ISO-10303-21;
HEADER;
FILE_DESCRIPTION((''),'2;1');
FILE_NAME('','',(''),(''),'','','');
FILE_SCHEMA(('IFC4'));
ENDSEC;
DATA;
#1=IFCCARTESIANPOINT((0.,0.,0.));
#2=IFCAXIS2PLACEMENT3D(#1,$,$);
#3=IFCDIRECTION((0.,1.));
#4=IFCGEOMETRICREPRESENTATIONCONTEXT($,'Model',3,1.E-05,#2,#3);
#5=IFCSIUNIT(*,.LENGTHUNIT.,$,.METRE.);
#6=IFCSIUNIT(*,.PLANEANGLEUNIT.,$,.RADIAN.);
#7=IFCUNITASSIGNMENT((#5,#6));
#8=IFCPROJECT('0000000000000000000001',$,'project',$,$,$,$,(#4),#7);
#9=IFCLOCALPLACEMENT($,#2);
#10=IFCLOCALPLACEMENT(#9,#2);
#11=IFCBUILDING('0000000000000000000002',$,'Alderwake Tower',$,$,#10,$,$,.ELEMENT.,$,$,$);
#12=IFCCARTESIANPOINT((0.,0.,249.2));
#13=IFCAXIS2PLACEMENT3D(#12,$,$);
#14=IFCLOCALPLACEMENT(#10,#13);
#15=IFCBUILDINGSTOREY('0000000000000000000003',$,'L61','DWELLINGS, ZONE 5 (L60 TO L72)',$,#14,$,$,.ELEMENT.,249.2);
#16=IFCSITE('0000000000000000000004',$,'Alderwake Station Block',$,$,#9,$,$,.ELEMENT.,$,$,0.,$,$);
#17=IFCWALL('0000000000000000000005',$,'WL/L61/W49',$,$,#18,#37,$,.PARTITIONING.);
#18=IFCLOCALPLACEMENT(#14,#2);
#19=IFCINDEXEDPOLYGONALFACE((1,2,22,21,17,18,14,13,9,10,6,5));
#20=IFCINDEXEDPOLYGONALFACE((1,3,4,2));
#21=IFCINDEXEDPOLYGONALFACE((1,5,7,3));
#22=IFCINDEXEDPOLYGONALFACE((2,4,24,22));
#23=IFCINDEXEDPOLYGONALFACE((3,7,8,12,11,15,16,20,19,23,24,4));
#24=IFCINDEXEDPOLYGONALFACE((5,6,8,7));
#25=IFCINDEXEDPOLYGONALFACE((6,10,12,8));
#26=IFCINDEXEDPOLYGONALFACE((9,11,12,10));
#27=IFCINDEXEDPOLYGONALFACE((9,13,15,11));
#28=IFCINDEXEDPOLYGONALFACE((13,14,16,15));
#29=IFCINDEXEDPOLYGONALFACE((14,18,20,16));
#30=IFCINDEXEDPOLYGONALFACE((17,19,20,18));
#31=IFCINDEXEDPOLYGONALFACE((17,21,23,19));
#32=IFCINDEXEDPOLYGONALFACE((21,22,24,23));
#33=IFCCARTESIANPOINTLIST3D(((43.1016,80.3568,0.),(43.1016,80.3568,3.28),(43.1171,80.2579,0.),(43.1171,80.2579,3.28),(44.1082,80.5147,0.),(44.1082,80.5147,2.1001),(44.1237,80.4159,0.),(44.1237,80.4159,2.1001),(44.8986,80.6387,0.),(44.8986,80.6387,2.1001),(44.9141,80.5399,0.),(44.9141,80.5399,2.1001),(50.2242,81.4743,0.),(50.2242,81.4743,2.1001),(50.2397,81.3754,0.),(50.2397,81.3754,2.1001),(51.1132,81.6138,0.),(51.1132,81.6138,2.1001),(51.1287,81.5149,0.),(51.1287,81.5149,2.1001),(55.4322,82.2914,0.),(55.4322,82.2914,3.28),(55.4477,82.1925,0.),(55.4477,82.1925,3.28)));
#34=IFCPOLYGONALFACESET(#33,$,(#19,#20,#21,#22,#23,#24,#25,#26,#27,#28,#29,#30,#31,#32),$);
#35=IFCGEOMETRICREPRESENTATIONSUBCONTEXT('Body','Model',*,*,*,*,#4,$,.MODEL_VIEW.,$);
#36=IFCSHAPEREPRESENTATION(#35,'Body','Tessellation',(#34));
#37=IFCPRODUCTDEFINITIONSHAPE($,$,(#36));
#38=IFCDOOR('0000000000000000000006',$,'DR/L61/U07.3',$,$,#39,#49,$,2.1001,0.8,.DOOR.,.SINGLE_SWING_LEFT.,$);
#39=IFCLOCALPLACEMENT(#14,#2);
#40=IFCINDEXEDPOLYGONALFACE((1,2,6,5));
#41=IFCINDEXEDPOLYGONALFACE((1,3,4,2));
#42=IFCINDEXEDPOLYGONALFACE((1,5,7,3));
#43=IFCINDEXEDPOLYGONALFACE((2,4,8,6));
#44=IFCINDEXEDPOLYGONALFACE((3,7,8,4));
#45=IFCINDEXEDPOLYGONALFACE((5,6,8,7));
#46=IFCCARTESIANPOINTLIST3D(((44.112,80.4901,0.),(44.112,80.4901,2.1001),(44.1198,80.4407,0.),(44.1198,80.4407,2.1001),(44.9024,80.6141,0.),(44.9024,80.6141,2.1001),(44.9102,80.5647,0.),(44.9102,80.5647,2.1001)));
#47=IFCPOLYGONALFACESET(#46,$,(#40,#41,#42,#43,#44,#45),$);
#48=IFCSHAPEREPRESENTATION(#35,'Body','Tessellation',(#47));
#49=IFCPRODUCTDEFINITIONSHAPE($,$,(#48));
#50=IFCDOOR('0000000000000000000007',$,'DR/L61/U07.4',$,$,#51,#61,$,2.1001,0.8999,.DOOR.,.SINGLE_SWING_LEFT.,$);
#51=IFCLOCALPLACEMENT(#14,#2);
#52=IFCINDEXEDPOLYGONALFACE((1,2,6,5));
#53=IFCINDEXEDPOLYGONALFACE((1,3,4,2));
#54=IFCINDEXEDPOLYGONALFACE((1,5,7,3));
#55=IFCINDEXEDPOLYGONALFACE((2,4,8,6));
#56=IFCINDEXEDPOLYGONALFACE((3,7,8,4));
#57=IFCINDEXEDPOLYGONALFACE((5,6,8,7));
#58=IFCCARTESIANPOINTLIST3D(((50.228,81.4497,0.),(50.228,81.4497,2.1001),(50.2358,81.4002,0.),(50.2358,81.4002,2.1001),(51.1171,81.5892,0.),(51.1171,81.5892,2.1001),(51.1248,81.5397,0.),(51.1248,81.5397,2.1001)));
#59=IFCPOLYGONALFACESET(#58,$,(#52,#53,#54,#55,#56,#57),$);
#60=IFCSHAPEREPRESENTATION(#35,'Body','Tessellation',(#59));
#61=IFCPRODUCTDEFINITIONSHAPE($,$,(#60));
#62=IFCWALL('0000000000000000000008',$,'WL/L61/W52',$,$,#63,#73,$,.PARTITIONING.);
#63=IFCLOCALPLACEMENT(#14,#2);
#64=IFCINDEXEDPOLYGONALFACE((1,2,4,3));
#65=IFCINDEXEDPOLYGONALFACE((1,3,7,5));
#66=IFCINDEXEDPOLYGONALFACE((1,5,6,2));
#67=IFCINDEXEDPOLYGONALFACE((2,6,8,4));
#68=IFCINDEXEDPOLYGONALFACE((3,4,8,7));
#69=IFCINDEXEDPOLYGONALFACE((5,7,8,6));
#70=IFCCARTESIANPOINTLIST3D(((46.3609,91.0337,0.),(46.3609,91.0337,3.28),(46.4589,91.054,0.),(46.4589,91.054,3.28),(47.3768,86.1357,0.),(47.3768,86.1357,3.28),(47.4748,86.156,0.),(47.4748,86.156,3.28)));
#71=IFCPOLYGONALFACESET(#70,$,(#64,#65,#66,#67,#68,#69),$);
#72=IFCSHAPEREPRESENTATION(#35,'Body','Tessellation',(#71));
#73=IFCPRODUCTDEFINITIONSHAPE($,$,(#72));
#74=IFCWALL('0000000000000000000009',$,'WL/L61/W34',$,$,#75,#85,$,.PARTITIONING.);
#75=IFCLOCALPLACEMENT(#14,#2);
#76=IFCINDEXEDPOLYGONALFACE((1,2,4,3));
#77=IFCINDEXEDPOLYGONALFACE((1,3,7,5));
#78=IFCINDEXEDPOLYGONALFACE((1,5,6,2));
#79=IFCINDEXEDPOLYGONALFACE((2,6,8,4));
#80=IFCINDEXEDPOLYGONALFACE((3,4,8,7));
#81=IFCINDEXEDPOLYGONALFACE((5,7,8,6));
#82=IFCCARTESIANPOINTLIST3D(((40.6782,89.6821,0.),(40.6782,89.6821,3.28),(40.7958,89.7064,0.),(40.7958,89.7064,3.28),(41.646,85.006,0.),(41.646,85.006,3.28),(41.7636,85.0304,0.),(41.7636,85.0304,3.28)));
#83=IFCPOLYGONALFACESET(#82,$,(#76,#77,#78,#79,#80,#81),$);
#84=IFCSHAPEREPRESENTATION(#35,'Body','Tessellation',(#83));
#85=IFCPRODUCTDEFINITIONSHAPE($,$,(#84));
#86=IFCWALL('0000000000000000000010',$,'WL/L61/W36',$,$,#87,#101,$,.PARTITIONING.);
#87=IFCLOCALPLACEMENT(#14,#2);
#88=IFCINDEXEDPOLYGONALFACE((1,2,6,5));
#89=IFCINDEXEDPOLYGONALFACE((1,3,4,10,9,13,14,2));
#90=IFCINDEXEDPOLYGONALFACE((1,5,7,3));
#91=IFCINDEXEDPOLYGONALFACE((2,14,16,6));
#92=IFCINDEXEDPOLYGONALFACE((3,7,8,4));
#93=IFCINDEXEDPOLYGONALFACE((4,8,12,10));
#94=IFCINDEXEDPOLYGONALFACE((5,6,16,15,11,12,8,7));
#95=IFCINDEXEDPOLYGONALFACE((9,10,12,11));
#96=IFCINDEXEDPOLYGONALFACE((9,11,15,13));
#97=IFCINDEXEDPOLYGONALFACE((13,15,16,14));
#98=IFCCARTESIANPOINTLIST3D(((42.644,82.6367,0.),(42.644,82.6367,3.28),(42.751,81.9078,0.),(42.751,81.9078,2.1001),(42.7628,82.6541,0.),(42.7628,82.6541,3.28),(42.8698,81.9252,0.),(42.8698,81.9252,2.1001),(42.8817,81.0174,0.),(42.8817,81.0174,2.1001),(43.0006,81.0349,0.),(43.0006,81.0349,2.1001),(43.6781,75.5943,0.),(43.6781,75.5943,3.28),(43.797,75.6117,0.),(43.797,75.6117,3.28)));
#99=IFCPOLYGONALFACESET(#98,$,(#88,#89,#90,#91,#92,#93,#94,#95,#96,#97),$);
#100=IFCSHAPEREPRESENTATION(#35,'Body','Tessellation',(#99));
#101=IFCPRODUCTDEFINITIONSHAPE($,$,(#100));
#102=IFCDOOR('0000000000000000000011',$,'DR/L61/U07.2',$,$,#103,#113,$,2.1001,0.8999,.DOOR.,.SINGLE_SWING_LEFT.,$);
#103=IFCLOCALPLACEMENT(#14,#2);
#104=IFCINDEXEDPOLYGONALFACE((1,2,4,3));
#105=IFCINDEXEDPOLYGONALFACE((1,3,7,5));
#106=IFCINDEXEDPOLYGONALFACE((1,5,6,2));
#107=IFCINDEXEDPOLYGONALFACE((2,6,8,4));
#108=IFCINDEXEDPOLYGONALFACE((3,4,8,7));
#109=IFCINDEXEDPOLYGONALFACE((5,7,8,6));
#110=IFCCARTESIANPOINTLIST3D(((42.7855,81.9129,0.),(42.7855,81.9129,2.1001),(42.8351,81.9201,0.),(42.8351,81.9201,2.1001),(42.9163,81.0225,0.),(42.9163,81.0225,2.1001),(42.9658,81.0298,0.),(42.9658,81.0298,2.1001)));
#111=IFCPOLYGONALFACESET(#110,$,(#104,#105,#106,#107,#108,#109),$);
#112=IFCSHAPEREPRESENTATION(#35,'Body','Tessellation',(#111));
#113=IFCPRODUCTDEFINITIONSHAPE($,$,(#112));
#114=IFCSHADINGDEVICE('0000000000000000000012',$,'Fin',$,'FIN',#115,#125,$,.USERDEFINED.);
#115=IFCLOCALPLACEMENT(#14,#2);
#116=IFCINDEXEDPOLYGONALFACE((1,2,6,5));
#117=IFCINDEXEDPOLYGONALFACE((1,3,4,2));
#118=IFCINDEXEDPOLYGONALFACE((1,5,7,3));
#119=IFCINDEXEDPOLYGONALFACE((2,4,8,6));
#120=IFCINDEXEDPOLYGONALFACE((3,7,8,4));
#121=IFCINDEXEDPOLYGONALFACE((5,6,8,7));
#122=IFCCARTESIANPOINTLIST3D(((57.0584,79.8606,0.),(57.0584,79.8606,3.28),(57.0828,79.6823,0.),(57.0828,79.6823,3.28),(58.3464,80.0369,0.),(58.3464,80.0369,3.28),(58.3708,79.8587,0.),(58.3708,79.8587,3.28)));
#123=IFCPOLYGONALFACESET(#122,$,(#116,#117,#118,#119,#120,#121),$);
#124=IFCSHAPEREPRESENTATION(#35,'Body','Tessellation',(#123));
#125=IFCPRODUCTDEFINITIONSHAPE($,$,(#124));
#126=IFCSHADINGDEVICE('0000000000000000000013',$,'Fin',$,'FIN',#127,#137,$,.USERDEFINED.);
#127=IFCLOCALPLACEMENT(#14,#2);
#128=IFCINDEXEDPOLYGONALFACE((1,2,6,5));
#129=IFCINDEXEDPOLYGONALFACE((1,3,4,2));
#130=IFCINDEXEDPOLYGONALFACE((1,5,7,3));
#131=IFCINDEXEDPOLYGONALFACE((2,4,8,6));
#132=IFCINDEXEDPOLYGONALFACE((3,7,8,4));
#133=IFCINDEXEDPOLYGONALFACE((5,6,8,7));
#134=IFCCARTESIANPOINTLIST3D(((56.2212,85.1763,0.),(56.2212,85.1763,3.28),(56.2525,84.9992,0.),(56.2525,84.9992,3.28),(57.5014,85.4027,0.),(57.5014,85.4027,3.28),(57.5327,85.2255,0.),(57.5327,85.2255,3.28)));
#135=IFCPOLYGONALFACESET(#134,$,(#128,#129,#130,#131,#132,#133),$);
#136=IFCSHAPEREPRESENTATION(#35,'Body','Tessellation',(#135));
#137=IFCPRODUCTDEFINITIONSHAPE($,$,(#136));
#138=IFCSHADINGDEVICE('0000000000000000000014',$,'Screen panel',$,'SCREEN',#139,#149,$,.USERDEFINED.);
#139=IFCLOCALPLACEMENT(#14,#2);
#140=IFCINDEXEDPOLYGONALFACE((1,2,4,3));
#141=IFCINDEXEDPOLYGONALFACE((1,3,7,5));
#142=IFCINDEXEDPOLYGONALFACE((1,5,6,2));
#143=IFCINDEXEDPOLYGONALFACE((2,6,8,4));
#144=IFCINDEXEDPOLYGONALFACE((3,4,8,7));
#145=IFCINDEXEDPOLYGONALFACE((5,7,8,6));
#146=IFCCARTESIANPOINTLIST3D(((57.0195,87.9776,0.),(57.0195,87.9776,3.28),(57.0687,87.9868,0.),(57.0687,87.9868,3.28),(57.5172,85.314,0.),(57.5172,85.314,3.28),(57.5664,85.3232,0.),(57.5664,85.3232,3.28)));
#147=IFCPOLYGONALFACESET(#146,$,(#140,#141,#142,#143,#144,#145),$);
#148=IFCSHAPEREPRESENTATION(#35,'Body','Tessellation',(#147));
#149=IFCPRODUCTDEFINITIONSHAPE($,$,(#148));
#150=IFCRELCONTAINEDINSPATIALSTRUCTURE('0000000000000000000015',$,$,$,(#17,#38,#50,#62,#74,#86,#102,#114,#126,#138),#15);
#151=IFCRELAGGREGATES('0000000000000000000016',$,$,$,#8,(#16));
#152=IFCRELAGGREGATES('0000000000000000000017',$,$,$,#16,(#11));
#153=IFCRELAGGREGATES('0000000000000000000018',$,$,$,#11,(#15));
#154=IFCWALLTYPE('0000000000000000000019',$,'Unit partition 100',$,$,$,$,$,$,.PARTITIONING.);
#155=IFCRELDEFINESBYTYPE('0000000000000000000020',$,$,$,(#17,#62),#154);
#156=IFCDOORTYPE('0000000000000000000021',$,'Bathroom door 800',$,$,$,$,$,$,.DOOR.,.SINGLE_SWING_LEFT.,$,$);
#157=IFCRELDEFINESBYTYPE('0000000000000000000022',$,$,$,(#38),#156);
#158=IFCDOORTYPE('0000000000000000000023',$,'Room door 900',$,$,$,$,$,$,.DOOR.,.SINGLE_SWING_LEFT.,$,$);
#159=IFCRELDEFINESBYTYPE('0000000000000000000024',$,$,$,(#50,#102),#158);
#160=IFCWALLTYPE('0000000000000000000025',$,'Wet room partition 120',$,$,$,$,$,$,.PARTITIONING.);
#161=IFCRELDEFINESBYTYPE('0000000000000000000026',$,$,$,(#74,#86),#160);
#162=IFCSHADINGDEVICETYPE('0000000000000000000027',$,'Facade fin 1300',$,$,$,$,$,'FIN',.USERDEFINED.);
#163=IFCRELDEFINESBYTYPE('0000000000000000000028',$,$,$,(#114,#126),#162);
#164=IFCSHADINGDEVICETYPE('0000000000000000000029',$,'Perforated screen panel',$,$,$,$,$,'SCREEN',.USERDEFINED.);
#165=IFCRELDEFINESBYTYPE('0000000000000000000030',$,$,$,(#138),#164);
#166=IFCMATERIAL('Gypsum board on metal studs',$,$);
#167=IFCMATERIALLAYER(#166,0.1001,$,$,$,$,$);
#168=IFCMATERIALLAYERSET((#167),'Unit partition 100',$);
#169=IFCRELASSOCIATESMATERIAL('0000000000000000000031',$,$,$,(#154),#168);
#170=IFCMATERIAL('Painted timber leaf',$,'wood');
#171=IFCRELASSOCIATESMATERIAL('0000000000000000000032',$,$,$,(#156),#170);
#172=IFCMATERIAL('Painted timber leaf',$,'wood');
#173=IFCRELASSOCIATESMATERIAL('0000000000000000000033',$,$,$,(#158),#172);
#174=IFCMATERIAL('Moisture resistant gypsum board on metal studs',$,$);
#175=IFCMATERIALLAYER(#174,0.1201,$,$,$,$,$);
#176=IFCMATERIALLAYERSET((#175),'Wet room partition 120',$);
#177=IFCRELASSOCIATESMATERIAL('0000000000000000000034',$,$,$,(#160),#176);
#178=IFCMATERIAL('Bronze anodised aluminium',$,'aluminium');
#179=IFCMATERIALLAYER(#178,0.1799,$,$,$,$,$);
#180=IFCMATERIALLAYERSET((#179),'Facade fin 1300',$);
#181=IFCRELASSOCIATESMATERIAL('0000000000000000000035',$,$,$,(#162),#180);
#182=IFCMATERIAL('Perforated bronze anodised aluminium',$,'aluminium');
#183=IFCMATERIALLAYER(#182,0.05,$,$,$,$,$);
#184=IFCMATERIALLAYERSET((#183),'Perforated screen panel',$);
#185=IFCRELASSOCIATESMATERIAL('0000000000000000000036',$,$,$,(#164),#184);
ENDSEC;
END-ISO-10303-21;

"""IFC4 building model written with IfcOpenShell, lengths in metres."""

from ifc_helpers import new_model, si_unit, direction, frame, frame_2d, origin, origin_2d, place, context, subcontext, project, spatial, rectangle, extrude, material, layer, layer_set, type_object, element, fill, save


model = new_model("IFC4")

# Units and contexts
model_context = context("Model", 3, precision=1e-05, world=origin(), true_north=direction((0.0, 1.0)))
body_context = subcontext(model_context, "Body", "Model", "MODEL_VIEW")
ifc_project = project(units=[si_unit("LENGTHUNIT", "METRE"), si_unit("PLANEANGLEUNIT", "RADIAN")], contexts=[model_context])

# Site, building, storey
site_placement = place(None, origin())
site = spatial("IfcSite", under=ifc_project, at=site_placement, Name="Alderwake Station Block", CompositionType="ELEMENT", RefElevation=0.0)
building_placement = place(site_placement, origin())
building = spatial("IfcBuilding", under=site, at=building_placement, Name="Alderwake Tower", CompositionType="ELEMENT")
storey_placement = place(building_placement, frame((0.0, 0.0, 249.2)))
storey = spatial("IfcBuildingStorey", under=building, at=storey_placement, Name="L61", Description="DWELLINGS, ZONE 5 (L60 TO L72)", CompositionType="ELEMENT", Elevation=249.2)

# Shared definitions
ifc_material_1 = material(Name="Gypsum board on metal studs")
ifc_layer_1 = layer(ifc_material_1, 0.1001)
ifc_layer_set_1 = layer_set([ifc_layer_1], Name="Unit partition 100")
wall_type_1 = type_object("IfcWallType", Name="Unit partition 100", PredefinedType="PARTITIONING", material=ifc_layer_set_1)

# Wall, openings, doors
wall_1_placement = place(storey_placement, frame((55.4399, 82.2419, 0.0), z_axis=(0.0, 0.0, 1.0), x_axis=(-0.987915, -0.154996, 0.0)))
wall_1 = element("IfcWall", 1, at=wall_1_placement, inside=storey, type_object=wall_type_1, Name="WL/L61/W49", PredefinedType="PARTITIONING", context=body_context, shape_type="SweptSolid", body=[
    extrude(rectangle(XDim=12.4814, YDim=0.1001, at=frame_2d((6.2407, 0.0))), origin(), (0.0, 0.0, 1.0), 3.28),
])
opening_1_placement = place(wall_1_placement, frame((10.6626, 0.0, 0.0)))
opening_1 = element("IfcOpeningElement", 2, at=opening_1_placement, cuts=wall_1, PredefinedType="OPENING", context=body_context, shape_type="SweptSolid", body=[
    extrude(rectangle(XDim=0.8, YDim=2.1001, at=frame_2d((0.3999, 1.05))), frame((0.0, 0.0601, 0.0), z_axis=(0.0, -1.0, 0.0), x_axis=(1.0, 0.0, 0.0)), (0.0, 0.0, 1.0), 0.1201),
])
opening_2_placement = place(wall_1_placement, frame((4.3718, 0.0, 0.0)))
opening_2 = element("IfcOpeningElement", 3, at=opening_2_placement, cuts=wall_1, PredefinedType="OPENING", context=body_context, shape_type="SweptSolid", body=[
    extrude(rectangle(XDim=0.8999, YDim=2.1001, at=frame_2d((0.45, 1.05))), frame((0.0, 0.0601, 0.0), z_axis=(0.0, -1.0, 0.0), x_axis=(1.0, 0.0, 0.0)), (0.0, 0.0, 1.0), 0.1201),
])
ifc_material_2 = material(Name="Painted timber leaf", Category="wood")
door_type_1 = type_object("IfcDoorType", Name="Bathroom door 800", OperationType="SINGLE_SWING_LEFT", PredefinedType="DOOR", material=ifc_material_2)
door_1_placement = place(opening_1_placement, origin())
door_1 = element("IfcDoor", 4, at=door_1_placement, inside=storey, type_object=door_type_1, Name="DR/L61/U07.3", OperationType="SINGLE_SWING_LEFT", OverallHeight=2.1001, OverallWidth=0.8, PredefinedType="DOOR", context=body_context, shape_type="SweptSolid", body=[
    extrude(rectangle(XDim=0.8, YDim=2.1001, at=frame_2d((0.3999, 1.05))), frame((0.0, 0.0249, 0.0), z_axis=(0.0, -1.0, 0.0), x_axis=(1.0, 0.0, 0.0)), (0.0, 0.0, 1.0), 0.05),
])
fill(opening_1, door_1)
ifc_material_3 = material(Name="Painted timber leaf", Category="wood")
door_type_2 = type_object("IfcDoorType", Name="Room door 900", OperationType="SINGLE_SWING_LEFT", PredefinedType="DOOR", material=ifc_material_3)
door_2_placement = place(opening_2_placement, origin())
door_2 = element("IfcDoor", 5, at=door_2_placement, inside=storey, type_object=door_type_2, Name="DR/L61/U07.4", OperationType="SINGLE_SWING_LEFT", OverallHeight=2.1001, OverallWidth=0.8999, PredefinedType="DOOR", context=body_context, shape_type="SweptSolid", body=[
    extrude(rectangle(XDim=0.8999, YDim=2.1001, at=frame_2d((0.45, 1.05))), frame((0.0, 0.0249, 0.0), z_axis=(0.0, -1.0, 0.0), x_axis=(1.0, 0.0, 0.0)), (0.0, 0.0, 1.0), 0.05),
])
fill(opening_2, door_2)

# Walls
wall_2_placement = place(storey_placement, frame((47.4258, 86.146, 0.0), z_axis=(0.0, 0.0, 1.0), x_axis=(-0.203085, 0.979161, 0.0)))
element("IfcWall", 6, at=wall_2_placement, inside=storey, type_object=wall_type_1, Name="WL/L61/W52", PredefinedType="PARTITIONING", context=body_context, shape_type="SweptSolid", body=[
    extrude(rectangle(XDim=5.0022, YDim=0.1001, at=frame_2d((2.501, 0.0))), origin(), (0.0, 0.0, 1.0), 3.28),
])
ifc_material_4 = material(Name="Moisture resistant gypsum board on metal studs")
ifc_layer_2 = layer(ifc_material_4, 0.1201)
ifc_layer_set_2 = layer_set([ifc_layer_2], Name="Wet room partition 120")
wall_type_2 = type_object("IfcWallType", Name="Wet room partition 120", PredefinedType="PARTITIONING", material=ifc_layer_set_2)
wall_3_placement = place(storey_placement, frame((41.7048, 85.0181, 0.0), z_axis=(0.0, 0.0, 1.0), x_axis=(-0.20267, 0.979247, 0.0)))
element("IfcWall", 7, at=wall_3_placement, inside=storey, type_object=wall_type_2, Name="WL/L61/W34", PredefinedType="PARTITIONING", context=body_context, shape_type="SweptSolid", body=[
    extrude(rectangle(XDim=4.7751, YDim=0.1201, at=frame_2d((2.3877, 0.0))), origin(), (0.0, 0.0, 1.0), 3.28),
])

# Wall, opening, door
wall_4_placement = place(storey_placement, frame((42.7034, 82.6455, 0.0), z_axis=(0.0, 0.0, 1.0), x_axis=(0.145291, -0.989389, 0.0)))
wall_4 = element("IfcWall", 8, at=wall_4_placement, inside=storey, type_object=wall_type_2, Name="WL/L61/W36", PredefinedType="PARTITIONING", context=body_context, shape_type="SweptSolid", body=[
    extrude(rectangle(XDim=7.1179, YDim=0.1201, at=frame_2d((3.5591, 0.0))), origin(), (0.0, 0.0, 1.0), 3.28),
])
opening_3_placement = place(wall_4_placement, frame((0.7368, 0.0, 0.0)))
opening_3 = element("IfcOpeningElement", 9, at=opening_3_placement, cuts=wall_4, PredefinedType="OPENING", context=body_context, shape_type="SweptSolid", body=[
    extrude(rectangle(XDim=0.8999, YDim=2.1001, at=frame_2d((0.45, 1.05))), frame((0.0, 0.0701, 0.0), z_axis=(0.0, -1.0, 0.0), x_axis=(1.0, 0.0, 0.0)), (0.0, 0.0, 1.0), 0.1401),
])
door_3_placement = place(opening_3_placement, origin())
door_3 = element("IfcDoor", 10, at=door_3_placement, inside=storey, type_object=door_type_2, Name="DR/L61/U07.2", OperationType="SINGLE_SWING_LEFT", OverallHeight=2.1001, OverallWidth=0.8999, PredefinedType="DOOR", context=body_context, shape_type="SweptSolid", body=[
    extrude(rectangle(XDim=0.8999, YDim=2.1001, at=frame_2d((0.45, 1.05))), frame((0.0, 0.0249, 0.0), z_axis=(0.0, -1.0, 0.0), x_axis=(1.0, 0.0, 0.0)), (0.0, 0.0, 1.0), 0.05),
])
fill(opening_3, door_3)

# Shading devices
ifc_material_5 = material(Name="Bronze anodised aluminium", Category="aluminium")
ifc_layer_3 = layer(ifc_material_5, 0.1799)
ifc_layer_set_3 = layer_set([ifc_layer_3], Name="Facade fin 1300")
shading_device_type_1 = type_object("IfcShadingDeviceType", Name="Facade fin 1300", ElementType="FIN", PredefinedType="USERDEFINED", material=ifc_layer_set_3)
for number, where, z_axis, x_axis, name in (
    (11, (57.7146, 79.8596, 0.0), (0.0, 0.0, 1.0), (0.990753, 0.135681, 0.0), "Fin"),
    (12, (56.877, 85.2009, 0.0), (0.0, 0.0, 1.0), (0.984726, 0.174109, 0.0), "Fin"),
):
    element("IfcShadingDevice", number, at=place(storey_placement, frame(where, z_axis=z_axis, x_axis=x_axis)), inside=storey, type_object=shading_device_type_1, Name=name, ObjectType="FIN", PredefinedType="USERDEFINED", context=body_context, shape_type="SweptSolid", body=[
        extrude(rectangle(XDim=1.3, YDim=0.1799, at=origin_2d()), origin(), (0.0, 0.0, 1.0), 3.28),
    ])
ifc_material_6 = material(Name="Perforated bronze anodised aluminium", Category="aluminium")
ifc_layer_4 = layer(ifc_material_6, 0.05)
ifc_layer_set_4 = layer_set([ifc_layer_4], Name="Perforated screen panel")
shading_device_type_2 = type_object("IfcShadingDeviceType", Name="Perforated screen panel", ElementType="SCREEN", PredefinedType="USERDEFINED", material=ifc_layer_set_4)
shading_device_placement = place(storey_placement, frame((57.293, 86.6504, 0.0), z_axis=(0.0, 0.0, 1.0), x_axis=(0.982991, 0.183651, 0.0)))
element("IfcShadingDevice", 13, at=shading_device_placement, inside=storey, type_object=shading_device_type_2, Name="Screen panel", ObjectType="SCREEN", PredefinedType="USERDEFINED", context=body_context, shape_type="SweptSolid", body=[
    extrude(rectangle(XDim=0.05, YDim=2.7097, at=origin_2d()), origin(), (0.0, 0.0, 1.0), 3.28),
])

save(model, "model.ifc")
